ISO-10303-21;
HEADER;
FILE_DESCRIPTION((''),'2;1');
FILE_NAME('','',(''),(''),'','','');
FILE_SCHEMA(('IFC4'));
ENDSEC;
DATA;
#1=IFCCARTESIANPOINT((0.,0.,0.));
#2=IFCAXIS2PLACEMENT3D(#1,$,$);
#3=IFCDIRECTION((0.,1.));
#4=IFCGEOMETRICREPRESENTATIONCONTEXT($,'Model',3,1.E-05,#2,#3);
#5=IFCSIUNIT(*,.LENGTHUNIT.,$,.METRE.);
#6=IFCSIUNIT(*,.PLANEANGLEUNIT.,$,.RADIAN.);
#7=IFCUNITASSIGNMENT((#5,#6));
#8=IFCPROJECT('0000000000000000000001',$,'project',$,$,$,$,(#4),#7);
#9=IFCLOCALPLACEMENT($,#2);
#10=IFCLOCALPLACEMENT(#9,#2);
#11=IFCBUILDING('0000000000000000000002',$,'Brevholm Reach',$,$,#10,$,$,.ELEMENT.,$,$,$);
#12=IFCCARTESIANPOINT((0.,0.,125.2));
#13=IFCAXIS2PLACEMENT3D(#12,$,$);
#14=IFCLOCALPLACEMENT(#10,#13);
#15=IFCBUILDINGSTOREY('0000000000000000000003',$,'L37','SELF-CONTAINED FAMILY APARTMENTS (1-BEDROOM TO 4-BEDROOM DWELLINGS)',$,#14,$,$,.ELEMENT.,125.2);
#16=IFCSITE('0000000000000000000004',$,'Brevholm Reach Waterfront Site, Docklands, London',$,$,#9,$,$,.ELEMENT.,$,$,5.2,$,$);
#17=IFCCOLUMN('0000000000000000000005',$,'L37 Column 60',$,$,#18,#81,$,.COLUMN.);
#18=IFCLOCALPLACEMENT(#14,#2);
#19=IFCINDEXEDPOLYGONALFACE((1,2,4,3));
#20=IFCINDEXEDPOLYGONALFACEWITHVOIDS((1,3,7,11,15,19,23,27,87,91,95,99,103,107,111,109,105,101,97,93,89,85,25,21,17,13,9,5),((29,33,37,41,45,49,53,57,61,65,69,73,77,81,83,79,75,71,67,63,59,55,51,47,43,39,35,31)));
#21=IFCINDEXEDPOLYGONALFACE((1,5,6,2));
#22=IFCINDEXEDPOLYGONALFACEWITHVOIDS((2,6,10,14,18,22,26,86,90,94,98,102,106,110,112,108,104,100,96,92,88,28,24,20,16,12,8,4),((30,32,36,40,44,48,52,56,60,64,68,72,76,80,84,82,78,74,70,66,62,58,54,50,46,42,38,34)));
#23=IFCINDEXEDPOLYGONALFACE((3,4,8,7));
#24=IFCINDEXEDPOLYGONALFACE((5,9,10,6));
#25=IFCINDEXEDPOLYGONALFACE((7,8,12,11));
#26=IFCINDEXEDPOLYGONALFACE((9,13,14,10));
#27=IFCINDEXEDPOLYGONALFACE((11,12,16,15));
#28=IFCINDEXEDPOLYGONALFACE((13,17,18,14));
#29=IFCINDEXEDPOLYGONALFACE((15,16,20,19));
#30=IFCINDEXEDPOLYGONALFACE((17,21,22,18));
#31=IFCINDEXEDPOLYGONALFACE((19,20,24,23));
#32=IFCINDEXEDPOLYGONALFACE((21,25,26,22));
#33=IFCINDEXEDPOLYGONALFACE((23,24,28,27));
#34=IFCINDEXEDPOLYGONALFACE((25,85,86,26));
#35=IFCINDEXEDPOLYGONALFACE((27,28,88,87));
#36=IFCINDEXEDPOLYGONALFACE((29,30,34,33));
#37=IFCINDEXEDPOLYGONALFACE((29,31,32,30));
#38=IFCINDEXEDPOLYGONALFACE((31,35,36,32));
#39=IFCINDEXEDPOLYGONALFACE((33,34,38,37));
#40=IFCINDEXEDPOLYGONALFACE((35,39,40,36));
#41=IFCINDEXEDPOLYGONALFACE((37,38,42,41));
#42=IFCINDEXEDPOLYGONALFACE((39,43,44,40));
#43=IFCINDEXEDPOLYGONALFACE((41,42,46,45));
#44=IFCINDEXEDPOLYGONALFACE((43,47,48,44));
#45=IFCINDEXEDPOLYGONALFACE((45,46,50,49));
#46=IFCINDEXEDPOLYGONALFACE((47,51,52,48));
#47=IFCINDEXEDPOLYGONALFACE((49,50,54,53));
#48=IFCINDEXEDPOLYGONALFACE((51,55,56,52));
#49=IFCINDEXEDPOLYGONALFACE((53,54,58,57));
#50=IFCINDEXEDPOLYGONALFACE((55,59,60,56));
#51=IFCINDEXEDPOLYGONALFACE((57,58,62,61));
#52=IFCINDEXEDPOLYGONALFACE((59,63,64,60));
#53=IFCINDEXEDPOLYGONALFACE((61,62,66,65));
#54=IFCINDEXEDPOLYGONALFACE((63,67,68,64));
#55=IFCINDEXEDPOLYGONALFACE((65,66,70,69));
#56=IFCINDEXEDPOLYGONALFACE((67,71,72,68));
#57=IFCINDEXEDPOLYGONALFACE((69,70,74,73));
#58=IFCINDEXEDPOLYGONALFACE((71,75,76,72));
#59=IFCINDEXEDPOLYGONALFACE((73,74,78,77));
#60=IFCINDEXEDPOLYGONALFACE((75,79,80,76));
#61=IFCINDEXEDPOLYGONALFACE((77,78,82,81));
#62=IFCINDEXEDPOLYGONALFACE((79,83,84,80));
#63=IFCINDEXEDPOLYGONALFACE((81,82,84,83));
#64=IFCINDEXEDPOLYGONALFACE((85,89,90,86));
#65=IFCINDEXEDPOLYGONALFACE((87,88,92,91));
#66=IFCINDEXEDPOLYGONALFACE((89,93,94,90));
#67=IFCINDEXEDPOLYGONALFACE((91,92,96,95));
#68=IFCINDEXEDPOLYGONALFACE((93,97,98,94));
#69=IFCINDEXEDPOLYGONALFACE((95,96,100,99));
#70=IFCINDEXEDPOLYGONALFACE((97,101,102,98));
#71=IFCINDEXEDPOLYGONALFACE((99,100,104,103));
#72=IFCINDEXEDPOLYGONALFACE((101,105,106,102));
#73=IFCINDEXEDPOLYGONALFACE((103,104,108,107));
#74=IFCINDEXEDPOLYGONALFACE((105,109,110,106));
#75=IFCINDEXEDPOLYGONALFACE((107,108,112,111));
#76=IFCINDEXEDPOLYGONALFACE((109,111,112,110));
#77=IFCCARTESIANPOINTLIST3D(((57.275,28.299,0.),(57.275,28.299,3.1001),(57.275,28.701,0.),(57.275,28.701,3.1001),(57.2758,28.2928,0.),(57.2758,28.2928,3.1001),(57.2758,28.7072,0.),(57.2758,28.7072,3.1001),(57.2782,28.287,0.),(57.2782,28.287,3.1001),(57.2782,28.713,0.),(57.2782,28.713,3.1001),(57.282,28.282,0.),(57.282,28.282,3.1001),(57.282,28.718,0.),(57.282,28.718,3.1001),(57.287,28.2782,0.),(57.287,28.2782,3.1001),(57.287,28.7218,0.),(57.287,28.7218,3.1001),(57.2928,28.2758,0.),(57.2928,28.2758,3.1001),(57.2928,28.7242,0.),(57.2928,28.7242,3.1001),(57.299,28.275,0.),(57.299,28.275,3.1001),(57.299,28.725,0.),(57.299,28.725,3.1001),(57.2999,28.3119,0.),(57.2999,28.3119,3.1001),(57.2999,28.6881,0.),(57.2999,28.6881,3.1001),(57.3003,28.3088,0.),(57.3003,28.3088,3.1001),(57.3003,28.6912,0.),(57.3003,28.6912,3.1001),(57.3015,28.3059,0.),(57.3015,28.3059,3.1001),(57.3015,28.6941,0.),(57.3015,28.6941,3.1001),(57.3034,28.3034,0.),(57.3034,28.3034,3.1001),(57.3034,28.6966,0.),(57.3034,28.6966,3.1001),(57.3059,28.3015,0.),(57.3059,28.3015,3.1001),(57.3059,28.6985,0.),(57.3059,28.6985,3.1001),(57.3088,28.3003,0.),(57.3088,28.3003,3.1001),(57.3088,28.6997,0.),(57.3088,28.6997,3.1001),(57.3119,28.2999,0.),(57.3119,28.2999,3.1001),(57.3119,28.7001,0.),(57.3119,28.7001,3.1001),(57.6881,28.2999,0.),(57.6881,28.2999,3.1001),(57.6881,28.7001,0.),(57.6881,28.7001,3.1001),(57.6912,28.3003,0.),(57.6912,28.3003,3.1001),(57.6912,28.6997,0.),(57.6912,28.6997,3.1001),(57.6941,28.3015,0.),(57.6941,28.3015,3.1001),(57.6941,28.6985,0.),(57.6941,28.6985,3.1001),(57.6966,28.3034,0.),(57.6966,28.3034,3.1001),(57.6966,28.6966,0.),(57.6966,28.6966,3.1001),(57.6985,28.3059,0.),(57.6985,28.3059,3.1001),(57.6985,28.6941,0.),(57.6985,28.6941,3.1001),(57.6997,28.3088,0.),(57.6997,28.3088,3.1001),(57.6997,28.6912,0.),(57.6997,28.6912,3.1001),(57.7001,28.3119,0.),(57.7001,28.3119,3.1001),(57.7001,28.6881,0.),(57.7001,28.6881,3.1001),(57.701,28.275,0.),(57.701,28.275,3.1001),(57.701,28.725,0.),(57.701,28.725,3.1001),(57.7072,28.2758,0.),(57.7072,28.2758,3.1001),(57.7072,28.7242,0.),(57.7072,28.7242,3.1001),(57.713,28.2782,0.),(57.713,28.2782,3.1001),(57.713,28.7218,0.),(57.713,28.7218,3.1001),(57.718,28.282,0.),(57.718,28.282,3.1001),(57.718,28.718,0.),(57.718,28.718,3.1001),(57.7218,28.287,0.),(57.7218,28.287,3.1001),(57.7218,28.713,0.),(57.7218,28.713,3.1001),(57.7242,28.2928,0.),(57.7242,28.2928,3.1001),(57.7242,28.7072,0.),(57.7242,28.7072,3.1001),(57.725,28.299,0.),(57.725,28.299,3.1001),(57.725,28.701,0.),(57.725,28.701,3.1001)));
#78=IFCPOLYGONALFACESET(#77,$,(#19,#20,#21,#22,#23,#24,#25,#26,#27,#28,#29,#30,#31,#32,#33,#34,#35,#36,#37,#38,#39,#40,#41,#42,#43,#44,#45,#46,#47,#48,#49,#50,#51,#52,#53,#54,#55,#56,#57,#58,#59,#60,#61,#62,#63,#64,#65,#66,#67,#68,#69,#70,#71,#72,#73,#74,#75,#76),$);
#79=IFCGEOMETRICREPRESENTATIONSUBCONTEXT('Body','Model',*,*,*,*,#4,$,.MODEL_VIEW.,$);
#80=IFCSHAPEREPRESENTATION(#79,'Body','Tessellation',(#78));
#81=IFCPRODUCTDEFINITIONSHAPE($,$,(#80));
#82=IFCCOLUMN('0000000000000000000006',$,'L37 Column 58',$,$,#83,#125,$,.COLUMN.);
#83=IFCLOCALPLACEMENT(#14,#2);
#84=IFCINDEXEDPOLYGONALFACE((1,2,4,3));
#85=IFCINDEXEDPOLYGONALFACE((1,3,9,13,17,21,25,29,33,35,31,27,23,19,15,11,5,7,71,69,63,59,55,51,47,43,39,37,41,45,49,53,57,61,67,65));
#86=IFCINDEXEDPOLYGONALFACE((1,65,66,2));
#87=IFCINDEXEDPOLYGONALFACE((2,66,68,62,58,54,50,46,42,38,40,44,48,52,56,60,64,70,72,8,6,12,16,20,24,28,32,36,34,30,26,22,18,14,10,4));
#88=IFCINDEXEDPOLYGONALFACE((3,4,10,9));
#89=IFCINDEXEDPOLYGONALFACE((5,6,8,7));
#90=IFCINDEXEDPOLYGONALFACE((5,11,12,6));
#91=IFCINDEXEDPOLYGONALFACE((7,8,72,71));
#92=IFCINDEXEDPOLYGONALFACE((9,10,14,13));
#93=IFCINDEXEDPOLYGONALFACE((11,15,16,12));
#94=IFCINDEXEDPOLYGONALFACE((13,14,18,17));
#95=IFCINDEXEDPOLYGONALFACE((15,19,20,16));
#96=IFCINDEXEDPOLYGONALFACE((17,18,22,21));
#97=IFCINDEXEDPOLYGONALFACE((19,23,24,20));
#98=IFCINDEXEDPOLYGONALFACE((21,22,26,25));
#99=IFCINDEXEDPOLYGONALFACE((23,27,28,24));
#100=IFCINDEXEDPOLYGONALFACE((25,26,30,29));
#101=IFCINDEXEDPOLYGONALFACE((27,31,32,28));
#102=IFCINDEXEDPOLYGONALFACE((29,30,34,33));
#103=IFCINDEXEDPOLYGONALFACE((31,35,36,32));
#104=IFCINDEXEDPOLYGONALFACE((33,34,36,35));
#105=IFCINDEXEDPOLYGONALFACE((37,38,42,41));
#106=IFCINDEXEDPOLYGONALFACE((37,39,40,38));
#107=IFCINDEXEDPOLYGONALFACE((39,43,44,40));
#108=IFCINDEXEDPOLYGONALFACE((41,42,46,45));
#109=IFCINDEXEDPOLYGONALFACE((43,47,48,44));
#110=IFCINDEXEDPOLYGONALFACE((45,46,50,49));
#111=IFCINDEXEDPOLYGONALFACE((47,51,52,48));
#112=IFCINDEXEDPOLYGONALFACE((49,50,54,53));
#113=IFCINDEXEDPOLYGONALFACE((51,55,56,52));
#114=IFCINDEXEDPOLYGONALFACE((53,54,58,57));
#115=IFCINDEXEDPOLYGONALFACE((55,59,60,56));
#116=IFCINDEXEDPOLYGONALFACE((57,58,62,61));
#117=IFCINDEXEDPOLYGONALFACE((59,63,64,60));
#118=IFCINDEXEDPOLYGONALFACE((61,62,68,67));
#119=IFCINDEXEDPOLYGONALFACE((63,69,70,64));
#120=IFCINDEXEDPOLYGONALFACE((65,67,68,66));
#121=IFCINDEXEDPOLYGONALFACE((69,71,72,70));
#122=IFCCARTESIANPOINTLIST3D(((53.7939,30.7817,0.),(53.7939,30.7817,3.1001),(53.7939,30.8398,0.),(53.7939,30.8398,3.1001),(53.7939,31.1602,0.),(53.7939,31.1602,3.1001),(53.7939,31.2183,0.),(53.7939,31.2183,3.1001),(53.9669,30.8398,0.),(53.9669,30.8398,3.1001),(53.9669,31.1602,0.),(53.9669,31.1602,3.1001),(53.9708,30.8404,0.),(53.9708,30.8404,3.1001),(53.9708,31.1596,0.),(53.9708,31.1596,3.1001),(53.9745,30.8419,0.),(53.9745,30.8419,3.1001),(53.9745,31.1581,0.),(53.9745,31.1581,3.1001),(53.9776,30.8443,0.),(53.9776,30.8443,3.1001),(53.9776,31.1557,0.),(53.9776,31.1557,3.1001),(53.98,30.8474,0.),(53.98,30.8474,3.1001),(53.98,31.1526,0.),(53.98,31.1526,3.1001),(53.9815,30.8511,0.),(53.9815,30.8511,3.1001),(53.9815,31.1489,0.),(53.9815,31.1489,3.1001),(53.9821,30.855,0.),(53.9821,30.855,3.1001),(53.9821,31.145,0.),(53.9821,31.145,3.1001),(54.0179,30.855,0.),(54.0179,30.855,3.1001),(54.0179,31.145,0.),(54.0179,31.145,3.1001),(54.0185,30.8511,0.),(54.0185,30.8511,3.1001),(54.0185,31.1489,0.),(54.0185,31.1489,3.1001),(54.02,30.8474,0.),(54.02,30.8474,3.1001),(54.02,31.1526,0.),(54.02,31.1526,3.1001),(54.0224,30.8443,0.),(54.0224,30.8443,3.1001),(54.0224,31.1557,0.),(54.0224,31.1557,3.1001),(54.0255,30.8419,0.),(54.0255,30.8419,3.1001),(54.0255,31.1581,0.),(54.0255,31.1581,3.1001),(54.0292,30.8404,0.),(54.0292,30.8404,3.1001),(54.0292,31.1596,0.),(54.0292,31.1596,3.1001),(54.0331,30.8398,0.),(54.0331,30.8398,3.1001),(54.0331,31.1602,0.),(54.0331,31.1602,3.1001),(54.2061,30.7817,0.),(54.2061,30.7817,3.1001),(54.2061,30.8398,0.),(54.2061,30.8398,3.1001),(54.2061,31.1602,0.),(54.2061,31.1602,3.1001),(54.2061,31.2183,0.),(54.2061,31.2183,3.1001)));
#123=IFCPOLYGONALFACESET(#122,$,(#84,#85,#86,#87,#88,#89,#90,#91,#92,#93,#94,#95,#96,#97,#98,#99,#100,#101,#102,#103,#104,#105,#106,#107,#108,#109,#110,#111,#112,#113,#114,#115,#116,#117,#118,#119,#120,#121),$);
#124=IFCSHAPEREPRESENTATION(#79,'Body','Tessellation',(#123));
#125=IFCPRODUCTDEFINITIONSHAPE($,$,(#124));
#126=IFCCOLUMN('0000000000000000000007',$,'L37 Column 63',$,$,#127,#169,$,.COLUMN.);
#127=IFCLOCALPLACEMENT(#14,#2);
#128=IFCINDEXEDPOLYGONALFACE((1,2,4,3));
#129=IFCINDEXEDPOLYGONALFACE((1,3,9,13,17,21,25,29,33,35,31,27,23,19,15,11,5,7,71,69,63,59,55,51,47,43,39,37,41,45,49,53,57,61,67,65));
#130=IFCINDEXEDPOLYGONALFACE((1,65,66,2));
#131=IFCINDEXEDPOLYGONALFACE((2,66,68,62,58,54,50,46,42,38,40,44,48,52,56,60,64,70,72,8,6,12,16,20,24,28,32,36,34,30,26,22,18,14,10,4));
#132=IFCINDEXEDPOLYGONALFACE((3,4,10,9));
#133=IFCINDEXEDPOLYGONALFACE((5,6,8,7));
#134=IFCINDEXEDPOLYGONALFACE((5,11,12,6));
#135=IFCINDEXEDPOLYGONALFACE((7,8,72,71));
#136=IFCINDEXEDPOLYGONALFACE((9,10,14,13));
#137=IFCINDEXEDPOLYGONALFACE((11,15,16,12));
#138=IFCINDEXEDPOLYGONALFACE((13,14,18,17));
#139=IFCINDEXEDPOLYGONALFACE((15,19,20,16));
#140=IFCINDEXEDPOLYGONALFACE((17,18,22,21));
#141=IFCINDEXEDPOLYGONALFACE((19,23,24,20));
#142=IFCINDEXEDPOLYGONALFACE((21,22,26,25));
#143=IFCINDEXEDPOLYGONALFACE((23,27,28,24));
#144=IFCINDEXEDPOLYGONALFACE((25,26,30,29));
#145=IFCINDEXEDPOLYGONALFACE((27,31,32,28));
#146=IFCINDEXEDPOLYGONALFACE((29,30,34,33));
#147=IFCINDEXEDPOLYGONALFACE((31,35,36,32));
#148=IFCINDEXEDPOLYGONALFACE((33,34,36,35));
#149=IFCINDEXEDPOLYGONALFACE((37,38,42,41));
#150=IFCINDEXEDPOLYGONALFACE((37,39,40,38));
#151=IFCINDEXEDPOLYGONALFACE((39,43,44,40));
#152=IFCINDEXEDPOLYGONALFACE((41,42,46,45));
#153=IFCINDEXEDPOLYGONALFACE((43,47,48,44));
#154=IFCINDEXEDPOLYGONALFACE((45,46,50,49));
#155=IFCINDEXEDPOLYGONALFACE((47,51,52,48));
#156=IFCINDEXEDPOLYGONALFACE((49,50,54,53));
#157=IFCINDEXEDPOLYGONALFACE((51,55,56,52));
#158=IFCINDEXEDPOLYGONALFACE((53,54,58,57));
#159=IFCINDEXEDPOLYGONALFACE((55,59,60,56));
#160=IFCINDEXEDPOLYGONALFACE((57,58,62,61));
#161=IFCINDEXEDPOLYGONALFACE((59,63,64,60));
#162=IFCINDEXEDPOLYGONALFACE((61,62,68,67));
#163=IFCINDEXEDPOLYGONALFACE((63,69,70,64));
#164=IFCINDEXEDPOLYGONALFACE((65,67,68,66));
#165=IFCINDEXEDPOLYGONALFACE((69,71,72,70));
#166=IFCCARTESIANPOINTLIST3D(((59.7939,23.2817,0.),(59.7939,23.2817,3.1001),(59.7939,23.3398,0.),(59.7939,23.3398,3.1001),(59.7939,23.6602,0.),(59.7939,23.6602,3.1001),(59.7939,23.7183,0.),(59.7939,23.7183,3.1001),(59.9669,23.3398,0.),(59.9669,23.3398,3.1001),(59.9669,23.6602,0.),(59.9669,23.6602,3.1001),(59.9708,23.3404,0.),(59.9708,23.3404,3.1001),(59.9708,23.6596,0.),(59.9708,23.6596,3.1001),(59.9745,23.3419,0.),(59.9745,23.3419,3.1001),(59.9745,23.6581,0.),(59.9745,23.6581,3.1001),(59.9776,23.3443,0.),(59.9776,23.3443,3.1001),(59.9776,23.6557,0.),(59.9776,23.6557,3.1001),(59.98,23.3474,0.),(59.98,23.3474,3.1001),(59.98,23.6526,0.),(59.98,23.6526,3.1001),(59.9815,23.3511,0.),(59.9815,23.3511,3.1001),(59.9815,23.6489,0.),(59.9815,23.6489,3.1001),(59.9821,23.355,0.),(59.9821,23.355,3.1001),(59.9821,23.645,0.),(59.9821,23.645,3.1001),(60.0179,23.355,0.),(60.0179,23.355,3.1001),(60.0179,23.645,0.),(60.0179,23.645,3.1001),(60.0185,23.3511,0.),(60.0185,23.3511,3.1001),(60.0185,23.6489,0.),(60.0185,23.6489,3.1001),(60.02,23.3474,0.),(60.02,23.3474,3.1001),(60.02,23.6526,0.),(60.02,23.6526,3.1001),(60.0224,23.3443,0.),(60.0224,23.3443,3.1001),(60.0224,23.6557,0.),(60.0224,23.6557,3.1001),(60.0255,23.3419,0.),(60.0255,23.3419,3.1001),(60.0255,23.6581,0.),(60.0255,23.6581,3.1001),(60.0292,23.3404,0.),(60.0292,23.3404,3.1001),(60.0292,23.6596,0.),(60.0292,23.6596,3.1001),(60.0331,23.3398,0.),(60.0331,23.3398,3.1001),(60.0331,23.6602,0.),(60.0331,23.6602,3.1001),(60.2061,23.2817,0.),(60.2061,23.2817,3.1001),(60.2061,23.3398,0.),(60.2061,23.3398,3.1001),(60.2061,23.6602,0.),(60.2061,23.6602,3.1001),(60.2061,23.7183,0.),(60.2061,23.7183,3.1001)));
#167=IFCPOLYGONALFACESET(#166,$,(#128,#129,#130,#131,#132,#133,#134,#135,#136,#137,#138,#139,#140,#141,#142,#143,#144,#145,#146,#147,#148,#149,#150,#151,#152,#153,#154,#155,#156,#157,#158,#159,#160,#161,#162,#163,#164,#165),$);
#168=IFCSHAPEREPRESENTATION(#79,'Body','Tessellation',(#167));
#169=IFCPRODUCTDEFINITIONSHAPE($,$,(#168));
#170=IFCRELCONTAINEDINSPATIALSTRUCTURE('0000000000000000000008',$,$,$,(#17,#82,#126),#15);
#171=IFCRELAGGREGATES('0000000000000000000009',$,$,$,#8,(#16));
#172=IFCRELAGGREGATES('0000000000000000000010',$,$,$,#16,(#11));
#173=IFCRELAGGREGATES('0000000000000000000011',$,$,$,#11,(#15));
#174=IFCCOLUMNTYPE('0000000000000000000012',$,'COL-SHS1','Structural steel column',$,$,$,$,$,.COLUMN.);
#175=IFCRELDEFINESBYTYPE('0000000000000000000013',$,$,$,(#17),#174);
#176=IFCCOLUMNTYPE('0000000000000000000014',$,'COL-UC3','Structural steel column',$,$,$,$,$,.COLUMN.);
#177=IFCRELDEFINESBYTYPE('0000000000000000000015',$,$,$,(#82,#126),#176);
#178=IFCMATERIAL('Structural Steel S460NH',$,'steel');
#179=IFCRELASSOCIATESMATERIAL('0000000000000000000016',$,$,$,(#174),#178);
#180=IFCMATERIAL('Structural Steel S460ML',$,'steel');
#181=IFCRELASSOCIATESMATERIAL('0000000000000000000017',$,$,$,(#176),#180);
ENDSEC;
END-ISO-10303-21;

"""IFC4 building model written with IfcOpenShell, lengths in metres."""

from ifc_helpers import new_model, si_unit, direction, frame, origin, origin_2d, place, context, subcontext, project, spatial, hollow_rectangle, i_section, extrude, material, material_profile, profile_set, type_object, element, save


model = new_model("IFC4")

# Units and contexts
model_context = context("Model", 3, precision=1e-05, world=origin(), true_north=direction((0.0, 1.0)))
body_context = subcontext(model_context, "Body", "Model", "MODEL_VIEW")
ifc_project = project(units=[si_unit("LENGTHUNIT", "METRE"), si_unit("PLANEANGLEUNIT", "RADIAN")], contexts=[model_context])

# Site, building, storey
site_placement = place(None, origin())
site = spatial("IfcSite", under=ifc_project, at=site_placement, Name="Brevholm Reach Waterfront Site, Docklands, London", CompositionType="ELEMENT", RefElevation=5.2)
building_placement = place(site_placement, origin())
building = spatial("IfcBuilding", under=site, at=building_placement, Name="Brevholm Reach", CompositionType="ELEMENT")
storey_placement = place(building_placement, frame((0.0, 0.0, 125.2)))
storey = spatial("IfcBuildingStorey", under=building, at=storey_placement, Name="L37", Description="SELF-CONTAINED FAMILY APARTMENTS (1-BEDROOM TO 4-BEDROOM DWELLINGS)", CompositionType="ELEMENT", Elevation=125.2)

# Columns
ifc_material_1 = material(Name="Structural Steel S460NH", Category="steel")
ifc_material_profile_1 = material_profile(ifc_material_1, hollow_rectangle(XDim=0.45, YDim=0.45, WallThickness=0.0249, InnerFilletRadius=0.012, OuterFilletRadius=0.0239, at=origin_2d()), Name="SHS 450x450x25")
ifc_profile_set_1 = profile_set([ifc_material_profile_1], Name="Structural Steel S460NH")
column_type_1 = type_object("IfcColumnType", Name="COL-SHS1", Description="Structural steel column", PredefinedType="COLUMN", material=ifc_profile_set_1)
column_1_placement = place(storey_placement, frame((57.5, 28.5, 0.0), z_axis=(0.0, 0.0, 1.0), x_axis=(1.0, 0.0, 0.0)))
element("IfcColumn", 1, at=column_1_placement, inside=storey, type_object=column_type_1, Name="L37 Column 60", PredefinedType="COLUMN", context=body_context, shape_type="SweptSolid", body=[
    extrude(hollow_rectangle(XDim=0.45, YDim=0.45, WallThickness=0.0249, InnerFilletRadius=0.012, OuterFilletRadius=0.0239, at=origin_2d()), origin(), (0.0, 0.0, 1.0), 3.1001),
])
ifc_material_2 = material(Name="Structural Steel S460ML", Category="steel")
ifc_material_profile_2 = material_profile(ifc_material_2, i_section(OverallWidth=0.4121, OverallDepth=0.4365, WebThickness=0.0359, FlangeThickness=0.0581, FilletRadius=0.0151, at=origin_2d()), Name="UKC 356x406x467")
ifc_profile_set_2 = profile_set([ifc_material_profile_2], Name="Structural Steel S460ML")
column_type_2 = type_object("IfcColumnType", Name="COL-UC3", Description="Structural steel column", PredefinedType="COLUMN", material=ifc_profile_set_2)
for number, where, z_axis, x_axis, name in (
    (2, (54.0, 31.0, 0.0), (0.0, 0.0, 1.0), (1.0, 0.0, 0.0), "L37 Column 58"),
    (3, (60.0, 23.5, 0.0), (0.0, 0.0, 1.0), (1.0, 0.0, 0.0), "L37 Column 63"),
):
    element("IfcColumn", number, at=place(storey_placement, frame(where, z_axis=z_axis, x_axis=x_axis)), inside=storey, type_object=column_type_2, Name=name, PredefinedType="COLUMN", context=body_context, shape_type="SweptSolid", body=[
        extrude(i_section(OverallWidth=0.4121, OverallDepth=0.4365, WebThickness=0.0359, FlangeThickness=0.0581, FilletRadius=0.0151, at=origin_2d()), origin(), (0.0, 0.0, 1.0), 3.1001),
    ])

save(model, "model.ifc")
